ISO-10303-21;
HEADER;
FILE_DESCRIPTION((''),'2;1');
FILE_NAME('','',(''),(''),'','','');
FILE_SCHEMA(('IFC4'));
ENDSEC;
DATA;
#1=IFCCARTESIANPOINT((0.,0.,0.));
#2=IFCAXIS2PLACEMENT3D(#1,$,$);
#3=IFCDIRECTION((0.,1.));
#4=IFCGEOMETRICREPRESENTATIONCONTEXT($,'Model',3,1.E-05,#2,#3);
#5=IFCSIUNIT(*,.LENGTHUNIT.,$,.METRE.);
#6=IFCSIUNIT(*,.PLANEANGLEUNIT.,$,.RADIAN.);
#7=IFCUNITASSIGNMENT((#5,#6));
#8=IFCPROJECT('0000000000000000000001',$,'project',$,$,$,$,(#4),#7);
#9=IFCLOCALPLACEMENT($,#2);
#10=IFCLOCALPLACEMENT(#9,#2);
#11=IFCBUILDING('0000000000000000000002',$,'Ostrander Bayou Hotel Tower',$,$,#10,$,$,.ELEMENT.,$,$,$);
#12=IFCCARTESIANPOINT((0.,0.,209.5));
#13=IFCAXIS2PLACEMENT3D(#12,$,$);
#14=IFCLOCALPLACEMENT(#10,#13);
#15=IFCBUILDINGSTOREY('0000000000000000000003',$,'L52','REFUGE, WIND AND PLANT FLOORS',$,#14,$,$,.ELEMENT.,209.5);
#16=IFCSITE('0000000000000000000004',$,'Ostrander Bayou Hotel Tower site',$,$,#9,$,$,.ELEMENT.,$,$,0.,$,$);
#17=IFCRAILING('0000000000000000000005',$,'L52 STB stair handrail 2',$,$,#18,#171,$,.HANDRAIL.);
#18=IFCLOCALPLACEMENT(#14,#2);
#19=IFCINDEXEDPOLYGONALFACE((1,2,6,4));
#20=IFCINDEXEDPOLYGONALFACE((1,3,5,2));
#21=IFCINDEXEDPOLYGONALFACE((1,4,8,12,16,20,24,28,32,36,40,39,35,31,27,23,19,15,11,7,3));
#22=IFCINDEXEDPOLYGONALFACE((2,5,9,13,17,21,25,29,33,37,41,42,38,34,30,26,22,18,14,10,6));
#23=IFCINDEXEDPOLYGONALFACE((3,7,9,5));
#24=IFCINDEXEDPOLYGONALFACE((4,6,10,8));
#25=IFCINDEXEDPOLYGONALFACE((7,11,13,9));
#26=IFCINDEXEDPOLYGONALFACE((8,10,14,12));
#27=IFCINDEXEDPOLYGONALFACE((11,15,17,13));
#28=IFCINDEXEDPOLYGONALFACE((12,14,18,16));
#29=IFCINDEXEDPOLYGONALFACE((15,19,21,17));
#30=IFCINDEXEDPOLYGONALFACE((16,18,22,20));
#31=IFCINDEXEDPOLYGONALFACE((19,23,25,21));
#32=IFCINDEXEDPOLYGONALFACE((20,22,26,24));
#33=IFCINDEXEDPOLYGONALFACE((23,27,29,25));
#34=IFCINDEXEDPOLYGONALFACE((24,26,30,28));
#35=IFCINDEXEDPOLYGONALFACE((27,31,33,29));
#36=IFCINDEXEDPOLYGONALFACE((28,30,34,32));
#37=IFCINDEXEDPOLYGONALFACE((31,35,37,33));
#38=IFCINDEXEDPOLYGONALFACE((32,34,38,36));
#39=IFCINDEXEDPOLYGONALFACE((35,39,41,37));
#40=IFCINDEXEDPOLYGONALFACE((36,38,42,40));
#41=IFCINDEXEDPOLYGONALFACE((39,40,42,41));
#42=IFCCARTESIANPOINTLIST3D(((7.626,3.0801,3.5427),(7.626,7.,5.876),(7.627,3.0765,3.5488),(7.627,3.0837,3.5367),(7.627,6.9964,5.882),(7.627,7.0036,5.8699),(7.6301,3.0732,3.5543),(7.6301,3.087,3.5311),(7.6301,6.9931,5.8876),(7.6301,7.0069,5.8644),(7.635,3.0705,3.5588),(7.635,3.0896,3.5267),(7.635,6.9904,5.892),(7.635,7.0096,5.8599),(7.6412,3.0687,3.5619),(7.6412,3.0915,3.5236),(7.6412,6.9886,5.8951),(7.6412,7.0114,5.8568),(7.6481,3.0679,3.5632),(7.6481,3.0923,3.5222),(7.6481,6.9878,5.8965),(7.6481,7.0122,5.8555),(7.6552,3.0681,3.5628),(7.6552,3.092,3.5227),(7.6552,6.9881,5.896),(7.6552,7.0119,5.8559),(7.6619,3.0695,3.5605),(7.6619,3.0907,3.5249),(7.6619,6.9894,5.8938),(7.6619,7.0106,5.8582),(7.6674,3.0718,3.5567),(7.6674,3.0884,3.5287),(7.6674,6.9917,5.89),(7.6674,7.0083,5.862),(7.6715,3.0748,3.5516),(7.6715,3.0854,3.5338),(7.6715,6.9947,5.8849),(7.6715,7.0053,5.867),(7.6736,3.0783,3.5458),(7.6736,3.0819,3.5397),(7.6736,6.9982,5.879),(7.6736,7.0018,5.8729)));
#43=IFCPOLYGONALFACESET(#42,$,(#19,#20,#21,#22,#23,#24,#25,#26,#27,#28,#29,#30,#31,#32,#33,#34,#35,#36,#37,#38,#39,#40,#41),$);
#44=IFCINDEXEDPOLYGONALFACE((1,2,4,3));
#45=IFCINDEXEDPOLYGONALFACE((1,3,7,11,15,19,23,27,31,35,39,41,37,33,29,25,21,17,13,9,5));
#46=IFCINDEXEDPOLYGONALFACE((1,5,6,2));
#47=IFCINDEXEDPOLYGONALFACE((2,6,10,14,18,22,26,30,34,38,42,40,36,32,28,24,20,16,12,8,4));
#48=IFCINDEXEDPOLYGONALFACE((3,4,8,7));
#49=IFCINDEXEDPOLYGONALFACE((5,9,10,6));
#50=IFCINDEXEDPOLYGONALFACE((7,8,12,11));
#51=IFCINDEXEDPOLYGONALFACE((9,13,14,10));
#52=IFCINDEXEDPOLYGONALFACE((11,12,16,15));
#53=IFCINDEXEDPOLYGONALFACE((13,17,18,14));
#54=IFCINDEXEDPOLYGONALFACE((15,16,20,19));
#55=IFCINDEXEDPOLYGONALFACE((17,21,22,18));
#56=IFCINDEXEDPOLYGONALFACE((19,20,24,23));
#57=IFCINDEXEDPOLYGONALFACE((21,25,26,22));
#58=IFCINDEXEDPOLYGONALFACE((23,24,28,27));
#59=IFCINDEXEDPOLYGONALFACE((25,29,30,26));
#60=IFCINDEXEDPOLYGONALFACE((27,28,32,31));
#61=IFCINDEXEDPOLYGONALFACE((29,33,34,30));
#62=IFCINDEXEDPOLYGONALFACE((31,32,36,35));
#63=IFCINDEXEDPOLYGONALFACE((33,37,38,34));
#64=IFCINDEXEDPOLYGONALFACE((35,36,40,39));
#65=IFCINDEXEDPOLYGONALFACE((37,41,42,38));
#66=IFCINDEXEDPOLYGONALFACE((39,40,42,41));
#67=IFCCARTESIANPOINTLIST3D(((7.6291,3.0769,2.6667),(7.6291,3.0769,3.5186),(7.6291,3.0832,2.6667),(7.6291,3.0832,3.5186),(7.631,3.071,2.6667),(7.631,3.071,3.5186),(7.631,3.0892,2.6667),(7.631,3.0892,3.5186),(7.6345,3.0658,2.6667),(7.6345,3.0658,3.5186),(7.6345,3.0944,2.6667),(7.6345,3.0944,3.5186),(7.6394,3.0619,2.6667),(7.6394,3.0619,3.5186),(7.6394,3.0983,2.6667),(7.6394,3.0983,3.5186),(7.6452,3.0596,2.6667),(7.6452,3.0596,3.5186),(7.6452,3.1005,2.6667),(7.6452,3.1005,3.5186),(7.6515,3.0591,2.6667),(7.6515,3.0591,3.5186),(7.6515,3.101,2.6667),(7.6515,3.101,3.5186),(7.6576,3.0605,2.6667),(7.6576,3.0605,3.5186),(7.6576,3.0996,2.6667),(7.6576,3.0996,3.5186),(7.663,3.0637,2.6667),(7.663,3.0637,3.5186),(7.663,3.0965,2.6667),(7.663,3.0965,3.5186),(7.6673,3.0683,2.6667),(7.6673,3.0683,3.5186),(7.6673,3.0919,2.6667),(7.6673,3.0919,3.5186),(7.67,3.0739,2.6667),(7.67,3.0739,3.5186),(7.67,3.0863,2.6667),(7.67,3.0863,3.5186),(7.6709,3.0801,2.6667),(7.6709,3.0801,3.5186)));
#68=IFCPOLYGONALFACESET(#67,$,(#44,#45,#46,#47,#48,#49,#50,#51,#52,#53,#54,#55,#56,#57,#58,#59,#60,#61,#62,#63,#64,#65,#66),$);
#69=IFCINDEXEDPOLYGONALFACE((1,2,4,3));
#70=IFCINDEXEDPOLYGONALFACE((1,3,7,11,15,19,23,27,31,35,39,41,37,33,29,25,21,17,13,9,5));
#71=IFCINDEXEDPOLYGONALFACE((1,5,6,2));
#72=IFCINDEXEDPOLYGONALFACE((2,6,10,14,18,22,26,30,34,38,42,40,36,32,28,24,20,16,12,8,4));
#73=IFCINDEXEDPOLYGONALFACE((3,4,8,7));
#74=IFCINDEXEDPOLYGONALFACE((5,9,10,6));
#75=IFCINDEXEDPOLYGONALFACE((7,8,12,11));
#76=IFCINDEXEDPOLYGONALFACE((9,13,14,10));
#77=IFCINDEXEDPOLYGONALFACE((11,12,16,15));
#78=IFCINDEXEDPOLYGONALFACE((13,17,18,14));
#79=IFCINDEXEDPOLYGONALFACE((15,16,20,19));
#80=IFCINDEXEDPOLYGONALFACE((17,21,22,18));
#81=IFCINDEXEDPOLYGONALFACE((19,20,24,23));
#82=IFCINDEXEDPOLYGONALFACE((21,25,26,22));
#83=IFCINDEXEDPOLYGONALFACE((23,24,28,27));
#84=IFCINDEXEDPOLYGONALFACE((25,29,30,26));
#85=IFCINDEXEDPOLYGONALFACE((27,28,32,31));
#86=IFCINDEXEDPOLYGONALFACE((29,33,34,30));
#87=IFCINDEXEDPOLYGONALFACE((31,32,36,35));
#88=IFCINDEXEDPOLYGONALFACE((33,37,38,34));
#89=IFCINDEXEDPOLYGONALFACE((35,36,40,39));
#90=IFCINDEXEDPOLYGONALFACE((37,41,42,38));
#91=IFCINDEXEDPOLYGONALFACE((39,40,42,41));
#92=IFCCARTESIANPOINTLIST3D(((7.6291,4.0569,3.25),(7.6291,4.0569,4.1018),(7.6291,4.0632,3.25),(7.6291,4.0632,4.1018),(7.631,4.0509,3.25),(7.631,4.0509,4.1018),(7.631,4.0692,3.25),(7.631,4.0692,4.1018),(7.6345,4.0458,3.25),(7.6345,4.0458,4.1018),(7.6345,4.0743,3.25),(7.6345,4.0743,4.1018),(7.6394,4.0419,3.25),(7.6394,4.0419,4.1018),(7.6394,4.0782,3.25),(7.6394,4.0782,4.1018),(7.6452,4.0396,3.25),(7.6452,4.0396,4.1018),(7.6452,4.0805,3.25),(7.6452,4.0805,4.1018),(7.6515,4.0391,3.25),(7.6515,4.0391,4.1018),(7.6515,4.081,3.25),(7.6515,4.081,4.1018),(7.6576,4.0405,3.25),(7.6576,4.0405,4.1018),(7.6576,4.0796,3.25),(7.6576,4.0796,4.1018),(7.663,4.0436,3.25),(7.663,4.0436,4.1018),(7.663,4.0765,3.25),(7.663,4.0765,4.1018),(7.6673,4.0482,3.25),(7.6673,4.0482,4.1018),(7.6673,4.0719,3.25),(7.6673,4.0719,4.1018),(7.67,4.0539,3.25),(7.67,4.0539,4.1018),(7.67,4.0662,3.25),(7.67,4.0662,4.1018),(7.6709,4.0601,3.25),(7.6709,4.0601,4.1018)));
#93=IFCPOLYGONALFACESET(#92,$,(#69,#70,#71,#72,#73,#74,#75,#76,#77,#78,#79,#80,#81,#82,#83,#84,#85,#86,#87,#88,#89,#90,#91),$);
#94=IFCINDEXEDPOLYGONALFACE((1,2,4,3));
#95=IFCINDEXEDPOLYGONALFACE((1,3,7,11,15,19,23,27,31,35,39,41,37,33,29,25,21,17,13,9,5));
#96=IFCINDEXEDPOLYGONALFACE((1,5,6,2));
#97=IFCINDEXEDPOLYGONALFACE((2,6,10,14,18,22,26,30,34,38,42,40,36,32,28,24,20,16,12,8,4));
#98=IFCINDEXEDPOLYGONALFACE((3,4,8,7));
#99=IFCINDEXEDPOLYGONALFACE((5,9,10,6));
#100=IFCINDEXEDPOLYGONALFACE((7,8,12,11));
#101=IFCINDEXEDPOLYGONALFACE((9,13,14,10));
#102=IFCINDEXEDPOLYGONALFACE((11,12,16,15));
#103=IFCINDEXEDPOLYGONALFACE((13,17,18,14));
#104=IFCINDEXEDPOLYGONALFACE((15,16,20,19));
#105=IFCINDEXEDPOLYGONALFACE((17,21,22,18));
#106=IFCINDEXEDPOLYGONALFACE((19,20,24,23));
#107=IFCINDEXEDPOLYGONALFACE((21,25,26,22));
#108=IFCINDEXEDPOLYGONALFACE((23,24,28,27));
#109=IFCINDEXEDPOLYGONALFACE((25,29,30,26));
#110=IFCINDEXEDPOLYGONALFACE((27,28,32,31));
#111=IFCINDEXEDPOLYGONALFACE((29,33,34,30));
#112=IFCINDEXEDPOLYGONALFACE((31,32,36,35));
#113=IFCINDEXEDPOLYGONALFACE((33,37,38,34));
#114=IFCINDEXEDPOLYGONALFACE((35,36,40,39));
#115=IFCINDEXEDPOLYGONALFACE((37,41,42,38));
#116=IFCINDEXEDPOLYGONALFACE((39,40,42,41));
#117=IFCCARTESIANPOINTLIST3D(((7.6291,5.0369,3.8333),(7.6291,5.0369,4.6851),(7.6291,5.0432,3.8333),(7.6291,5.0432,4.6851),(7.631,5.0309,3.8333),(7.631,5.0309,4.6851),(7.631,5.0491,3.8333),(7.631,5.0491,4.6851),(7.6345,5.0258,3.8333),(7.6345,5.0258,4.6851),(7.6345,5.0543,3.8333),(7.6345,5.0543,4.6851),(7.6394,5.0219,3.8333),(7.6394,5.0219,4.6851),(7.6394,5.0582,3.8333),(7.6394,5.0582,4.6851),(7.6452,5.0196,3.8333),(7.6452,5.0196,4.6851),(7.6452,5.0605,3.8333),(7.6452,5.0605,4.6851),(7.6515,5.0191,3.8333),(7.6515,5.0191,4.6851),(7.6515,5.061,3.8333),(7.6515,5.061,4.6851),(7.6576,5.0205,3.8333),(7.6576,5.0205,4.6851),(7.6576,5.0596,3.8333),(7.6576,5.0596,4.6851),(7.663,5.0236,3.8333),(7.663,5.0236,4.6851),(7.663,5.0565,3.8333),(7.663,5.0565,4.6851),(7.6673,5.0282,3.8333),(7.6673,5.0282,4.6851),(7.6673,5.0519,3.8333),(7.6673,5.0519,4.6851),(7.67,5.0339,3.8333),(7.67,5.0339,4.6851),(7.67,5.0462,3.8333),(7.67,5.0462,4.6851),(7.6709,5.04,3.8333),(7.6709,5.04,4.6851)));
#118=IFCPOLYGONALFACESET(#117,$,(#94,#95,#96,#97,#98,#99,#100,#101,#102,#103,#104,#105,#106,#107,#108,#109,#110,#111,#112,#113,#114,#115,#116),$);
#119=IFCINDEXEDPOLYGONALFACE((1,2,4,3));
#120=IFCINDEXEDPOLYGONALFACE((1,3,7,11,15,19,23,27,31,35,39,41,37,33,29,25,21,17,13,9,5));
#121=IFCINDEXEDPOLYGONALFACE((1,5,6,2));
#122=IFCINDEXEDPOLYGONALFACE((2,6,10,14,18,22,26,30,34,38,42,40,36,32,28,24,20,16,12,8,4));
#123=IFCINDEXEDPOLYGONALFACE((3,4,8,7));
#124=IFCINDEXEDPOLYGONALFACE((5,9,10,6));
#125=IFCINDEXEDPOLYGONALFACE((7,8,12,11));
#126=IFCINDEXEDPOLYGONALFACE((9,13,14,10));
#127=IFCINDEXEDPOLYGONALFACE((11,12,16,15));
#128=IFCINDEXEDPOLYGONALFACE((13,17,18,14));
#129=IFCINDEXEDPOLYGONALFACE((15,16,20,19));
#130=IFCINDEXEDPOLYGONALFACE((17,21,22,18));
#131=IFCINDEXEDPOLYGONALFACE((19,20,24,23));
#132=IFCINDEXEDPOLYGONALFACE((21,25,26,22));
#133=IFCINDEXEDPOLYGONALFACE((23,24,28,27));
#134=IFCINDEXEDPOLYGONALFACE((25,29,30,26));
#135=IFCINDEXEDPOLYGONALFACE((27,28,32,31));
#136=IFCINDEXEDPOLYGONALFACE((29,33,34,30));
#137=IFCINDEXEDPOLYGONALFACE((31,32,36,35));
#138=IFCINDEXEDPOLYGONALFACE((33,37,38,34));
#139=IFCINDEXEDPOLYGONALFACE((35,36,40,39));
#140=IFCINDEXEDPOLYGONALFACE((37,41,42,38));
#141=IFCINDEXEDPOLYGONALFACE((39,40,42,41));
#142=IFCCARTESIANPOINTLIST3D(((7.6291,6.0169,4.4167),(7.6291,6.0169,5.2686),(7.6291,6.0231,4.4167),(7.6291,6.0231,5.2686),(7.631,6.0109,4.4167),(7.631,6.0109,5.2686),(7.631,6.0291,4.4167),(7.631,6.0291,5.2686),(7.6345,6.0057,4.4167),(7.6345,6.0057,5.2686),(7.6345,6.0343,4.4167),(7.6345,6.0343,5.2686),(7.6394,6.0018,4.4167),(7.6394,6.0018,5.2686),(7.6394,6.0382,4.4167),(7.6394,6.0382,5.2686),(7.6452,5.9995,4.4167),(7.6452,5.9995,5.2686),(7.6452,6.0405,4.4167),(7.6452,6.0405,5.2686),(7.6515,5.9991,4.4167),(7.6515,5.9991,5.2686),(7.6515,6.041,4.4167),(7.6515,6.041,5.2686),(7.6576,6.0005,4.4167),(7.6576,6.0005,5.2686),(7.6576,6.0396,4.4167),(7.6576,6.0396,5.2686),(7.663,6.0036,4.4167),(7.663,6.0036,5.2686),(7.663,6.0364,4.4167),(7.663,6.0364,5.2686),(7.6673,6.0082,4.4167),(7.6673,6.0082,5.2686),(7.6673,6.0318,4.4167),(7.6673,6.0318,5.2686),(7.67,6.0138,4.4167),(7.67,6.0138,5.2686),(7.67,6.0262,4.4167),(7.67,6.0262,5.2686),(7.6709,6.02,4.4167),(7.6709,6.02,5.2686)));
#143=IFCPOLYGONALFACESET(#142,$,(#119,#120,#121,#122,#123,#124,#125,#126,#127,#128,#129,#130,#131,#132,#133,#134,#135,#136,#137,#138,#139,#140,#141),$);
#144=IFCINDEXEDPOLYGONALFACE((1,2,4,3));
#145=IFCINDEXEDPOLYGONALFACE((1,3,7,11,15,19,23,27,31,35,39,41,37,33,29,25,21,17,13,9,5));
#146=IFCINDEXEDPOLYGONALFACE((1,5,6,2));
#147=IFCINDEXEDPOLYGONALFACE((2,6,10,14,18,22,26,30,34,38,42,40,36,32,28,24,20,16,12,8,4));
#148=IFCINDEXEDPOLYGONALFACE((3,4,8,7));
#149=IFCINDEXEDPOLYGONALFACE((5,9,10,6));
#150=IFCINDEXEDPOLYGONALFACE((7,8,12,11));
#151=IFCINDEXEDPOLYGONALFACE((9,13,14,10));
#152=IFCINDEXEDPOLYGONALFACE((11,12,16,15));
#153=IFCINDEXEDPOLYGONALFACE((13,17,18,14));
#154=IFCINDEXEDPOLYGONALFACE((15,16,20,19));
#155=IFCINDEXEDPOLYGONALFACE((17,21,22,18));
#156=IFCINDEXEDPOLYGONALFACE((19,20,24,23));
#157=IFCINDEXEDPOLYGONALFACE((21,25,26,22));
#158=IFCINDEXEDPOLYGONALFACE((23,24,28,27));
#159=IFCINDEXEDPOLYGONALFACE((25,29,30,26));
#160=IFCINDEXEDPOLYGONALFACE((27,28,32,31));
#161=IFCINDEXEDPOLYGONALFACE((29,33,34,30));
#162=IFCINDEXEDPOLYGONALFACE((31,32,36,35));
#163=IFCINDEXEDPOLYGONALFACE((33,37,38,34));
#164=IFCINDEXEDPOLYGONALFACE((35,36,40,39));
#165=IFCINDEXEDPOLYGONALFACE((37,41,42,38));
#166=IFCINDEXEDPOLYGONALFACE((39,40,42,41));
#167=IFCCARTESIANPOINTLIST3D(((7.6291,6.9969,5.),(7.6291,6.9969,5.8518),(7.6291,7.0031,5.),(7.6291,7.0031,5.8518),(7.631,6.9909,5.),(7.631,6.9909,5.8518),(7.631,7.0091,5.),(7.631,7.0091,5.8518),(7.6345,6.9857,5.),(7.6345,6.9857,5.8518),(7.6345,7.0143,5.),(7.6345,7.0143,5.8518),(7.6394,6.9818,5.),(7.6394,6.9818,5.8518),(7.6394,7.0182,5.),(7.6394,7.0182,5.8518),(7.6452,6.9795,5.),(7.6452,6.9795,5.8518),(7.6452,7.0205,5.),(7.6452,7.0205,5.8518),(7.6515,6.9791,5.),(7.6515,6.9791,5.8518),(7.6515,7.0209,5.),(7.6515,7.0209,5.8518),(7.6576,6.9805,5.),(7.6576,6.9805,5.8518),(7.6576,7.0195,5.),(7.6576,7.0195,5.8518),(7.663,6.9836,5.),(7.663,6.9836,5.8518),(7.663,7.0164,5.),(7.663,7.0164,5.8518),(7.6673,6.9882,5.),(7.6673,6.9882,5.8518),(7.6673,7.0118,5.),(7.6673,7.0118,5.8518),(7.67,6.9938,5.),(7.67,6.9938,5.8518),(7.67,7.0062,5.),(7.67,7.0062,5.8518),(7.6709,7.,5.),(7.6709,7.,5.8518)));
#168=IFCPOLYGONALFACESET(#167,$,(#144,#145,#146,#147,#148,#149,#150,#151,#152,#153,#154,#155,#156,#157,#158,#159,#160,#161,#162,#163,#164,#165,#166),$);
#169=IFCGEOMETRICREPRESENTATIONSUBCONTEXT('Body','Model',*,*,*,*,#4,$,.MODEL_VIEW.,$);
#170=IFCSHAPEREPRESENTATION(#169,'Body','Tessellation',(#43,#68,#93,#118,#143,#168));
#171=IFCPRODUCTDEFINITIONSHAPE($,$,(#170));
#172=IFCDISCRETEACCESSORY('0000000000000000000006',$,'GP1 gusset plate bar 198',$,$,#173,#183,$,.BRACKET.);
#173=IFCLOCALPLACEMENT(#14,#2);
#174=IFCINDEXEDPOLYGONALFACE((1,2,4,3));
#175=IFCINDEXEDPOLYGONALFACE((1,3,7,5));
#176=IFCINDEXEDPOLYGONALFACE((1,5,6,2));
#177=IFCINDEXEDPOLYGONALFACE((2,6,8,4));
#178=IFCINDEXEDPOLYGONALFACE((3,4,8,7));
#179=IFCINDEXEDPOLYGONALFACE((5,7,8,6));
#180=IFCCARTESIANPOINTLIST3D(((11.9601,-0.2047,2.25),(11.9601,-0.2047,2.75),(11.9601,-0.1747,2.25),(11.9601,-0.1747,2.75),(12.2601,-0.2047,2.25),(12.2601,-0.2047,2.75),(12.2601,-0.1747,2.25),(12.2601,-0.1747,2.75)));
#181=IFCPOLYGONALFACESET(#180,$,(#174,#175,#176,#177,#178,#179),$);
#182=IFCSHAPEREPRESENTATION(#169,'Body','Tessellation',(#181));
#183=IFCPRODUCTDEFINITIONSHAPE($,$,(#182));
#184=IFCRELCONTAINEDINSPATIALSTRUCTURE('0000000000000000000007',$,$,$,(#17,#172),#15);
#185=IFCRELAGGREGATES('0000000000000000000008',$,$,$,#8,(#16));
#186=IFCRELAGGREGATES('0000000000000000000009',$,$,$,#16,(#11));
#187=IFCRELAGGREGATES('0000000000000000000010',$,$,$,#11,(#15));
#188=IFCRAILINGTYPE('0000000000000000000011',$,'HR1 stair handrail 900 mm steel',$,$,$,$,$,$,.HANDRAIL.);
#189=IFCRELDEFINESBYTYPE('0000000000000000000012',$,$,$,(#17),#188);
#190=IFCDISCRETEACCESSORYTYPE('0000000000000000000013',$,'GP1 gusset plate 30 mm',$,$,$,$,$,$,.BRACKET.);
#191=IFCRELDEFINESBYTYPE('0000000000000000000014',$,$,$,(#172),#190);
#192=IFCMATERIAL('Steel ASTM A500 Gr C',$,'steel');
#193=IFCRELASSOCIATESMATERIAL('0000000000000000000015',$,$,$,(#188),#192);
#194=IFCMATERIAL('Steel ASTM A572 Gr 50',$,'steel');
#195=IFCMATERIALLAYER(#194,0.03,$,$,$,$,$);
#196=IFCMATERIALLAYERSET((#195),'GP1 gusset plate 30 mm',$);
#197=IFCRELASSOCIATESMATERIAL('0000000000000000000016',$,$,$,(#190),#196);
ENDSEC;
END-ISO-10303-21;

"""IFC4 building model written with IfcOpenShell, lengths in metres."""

from ifc_helpers import new_model, si_unit, direction, frame, origin, origin_2d, place, context, subcontext, project, spatial, rectangle, circle, extrude, material, layer, layer_set, type_object, element, save


model = new_model("IFC4")

# Units and contexts
model_context = context("Model", 3, precision=1e-05, world=origin(), true_north=direction((0.0, 1.0)))
body_context = subcontext(model_context, "Body", "Model", "MODEL_VIEW")
ifc_project = project(units=[si_unit("LENGTHUNIT", "METRE"), si_unit("PLANEANGLEUNIT", "RADIAN")], contexts=[model_context])

# Site, building, storey
site_placement = place(None, origin())
site = spatial("IfcSite", under=ifc_project, at=site_placement, Name="Ostrander Bayou Hotel Tower site", CompositionType="ELEMENT", RefElevation=0.0)
building_placement = place(site_placement, origin())
building = spatial("IfcBuilding", under=site, at=building_placement, Name="Ostrander Bayou Hotel Tower", CompositionType="ELEMENT")
storey_placement = place(building_placement, frame((0.0, 0.0, 209.5)))
storey = spatial("IfcBuildingStorey", under=building, at=storey_placement, Name="L52", Description="REFUGE, WIND AND PLANT FLOORS", CompositionType="ELEMENT", Elevation=209.5)

# Railing
ifc_material_1 = material(Name="Steel ASTM A500 Gr C", Category="steel")
railing_type_1 = type_object("IfcRailingType", Name="HR1 stair handrail 900 mm steel", PredefinedType="HANDRAIL", material=ifc_material_1)
railing_1_placement = place(storey_placement, frame((7.6499, 3.0801, 2.6667)))
element("IfcRailing", 1, at=railing_1_placement, inside=storey, type_object=railing_type_1, Name="L52 STB stair handrail 2", PredefinedType="HANDRAIL", context=body_context, shape_type="SweptSolid", body=[
    extrude(circle(Radius=0.0239, at=origin_2d()), frame((0.0, 0.0, 0.876), z_axis=(0.0, 0.859296, 0.511478), x_axis=(-1.0, 0.0, 0.0)), (0.0, 0.0, 1.0), 4.5618),
    extrude(circle(Radius=0.021, at=origin_2d()), origin(), (0.0, 0.0, 1.0), 0.8518),
    extrude(circle(Radius=0.021, at=origin_2d()), frame((0.0, 0.98, 0.5833)), (0.0, 0.0, 1.0), 0.8518),
    extrude(circle(Radius=0.021, at=origin_2d()), frame((0.0, 1.96, 1.1665)), (0.0, 0.0, 1.0), 0.8518),
    extrude(circle(Radius=0.021, at=origin_2d()), frame((0.0, 2.9399, 1.75)), (0.0, 0.0, 1.0), 0.8518),
    extrude(circle(Radius=0.021, at=origin_2d()), frame((0.0, 3.9199, 2.3333)), (0.0, 0.0, 1.0), 0.8518),
])

# Discrete accessory
ifc_material_2 = material(Name="Steel ASTM A572 Gr 50", Category="steel")
ifc_layer_1 = layer(ifc_material_2, 0.03)
ifc_layer_set_1 = layer_set([ifc_layer_1], Name="GP1 gusset plate 30 mm")
discrete_accessory_type = type_object("IfcDiscreteAccessoryType", Name="GP1 gusset plate 30 mm", PredefinedType="BRACKET", material=ifc_layer_set_1)
discrete_accessory_placement = place(storey_placement, frame((12.1101, -0.1897, 2.25), z_axis=(0.0, 0.0, 1.0), x_axis=(1.0, 0.0, 0.0)))
element("IfcDiscreteAccessory", 2, at=discrete_accessory_placement, inside=storey, type_object=discrete_accessory_type, Name="GP1 gusset plate bar 198", PredefinedType="BRACKET", context=body_context, shape_type="SweptSolid", body=[
    extrude(rectangle(XDim=0.3, YDim=0.03, at=origin_2d()), origin(), (0.0, 0.0, 1.0), 0.5),
])

save(model, "model.ifc")
